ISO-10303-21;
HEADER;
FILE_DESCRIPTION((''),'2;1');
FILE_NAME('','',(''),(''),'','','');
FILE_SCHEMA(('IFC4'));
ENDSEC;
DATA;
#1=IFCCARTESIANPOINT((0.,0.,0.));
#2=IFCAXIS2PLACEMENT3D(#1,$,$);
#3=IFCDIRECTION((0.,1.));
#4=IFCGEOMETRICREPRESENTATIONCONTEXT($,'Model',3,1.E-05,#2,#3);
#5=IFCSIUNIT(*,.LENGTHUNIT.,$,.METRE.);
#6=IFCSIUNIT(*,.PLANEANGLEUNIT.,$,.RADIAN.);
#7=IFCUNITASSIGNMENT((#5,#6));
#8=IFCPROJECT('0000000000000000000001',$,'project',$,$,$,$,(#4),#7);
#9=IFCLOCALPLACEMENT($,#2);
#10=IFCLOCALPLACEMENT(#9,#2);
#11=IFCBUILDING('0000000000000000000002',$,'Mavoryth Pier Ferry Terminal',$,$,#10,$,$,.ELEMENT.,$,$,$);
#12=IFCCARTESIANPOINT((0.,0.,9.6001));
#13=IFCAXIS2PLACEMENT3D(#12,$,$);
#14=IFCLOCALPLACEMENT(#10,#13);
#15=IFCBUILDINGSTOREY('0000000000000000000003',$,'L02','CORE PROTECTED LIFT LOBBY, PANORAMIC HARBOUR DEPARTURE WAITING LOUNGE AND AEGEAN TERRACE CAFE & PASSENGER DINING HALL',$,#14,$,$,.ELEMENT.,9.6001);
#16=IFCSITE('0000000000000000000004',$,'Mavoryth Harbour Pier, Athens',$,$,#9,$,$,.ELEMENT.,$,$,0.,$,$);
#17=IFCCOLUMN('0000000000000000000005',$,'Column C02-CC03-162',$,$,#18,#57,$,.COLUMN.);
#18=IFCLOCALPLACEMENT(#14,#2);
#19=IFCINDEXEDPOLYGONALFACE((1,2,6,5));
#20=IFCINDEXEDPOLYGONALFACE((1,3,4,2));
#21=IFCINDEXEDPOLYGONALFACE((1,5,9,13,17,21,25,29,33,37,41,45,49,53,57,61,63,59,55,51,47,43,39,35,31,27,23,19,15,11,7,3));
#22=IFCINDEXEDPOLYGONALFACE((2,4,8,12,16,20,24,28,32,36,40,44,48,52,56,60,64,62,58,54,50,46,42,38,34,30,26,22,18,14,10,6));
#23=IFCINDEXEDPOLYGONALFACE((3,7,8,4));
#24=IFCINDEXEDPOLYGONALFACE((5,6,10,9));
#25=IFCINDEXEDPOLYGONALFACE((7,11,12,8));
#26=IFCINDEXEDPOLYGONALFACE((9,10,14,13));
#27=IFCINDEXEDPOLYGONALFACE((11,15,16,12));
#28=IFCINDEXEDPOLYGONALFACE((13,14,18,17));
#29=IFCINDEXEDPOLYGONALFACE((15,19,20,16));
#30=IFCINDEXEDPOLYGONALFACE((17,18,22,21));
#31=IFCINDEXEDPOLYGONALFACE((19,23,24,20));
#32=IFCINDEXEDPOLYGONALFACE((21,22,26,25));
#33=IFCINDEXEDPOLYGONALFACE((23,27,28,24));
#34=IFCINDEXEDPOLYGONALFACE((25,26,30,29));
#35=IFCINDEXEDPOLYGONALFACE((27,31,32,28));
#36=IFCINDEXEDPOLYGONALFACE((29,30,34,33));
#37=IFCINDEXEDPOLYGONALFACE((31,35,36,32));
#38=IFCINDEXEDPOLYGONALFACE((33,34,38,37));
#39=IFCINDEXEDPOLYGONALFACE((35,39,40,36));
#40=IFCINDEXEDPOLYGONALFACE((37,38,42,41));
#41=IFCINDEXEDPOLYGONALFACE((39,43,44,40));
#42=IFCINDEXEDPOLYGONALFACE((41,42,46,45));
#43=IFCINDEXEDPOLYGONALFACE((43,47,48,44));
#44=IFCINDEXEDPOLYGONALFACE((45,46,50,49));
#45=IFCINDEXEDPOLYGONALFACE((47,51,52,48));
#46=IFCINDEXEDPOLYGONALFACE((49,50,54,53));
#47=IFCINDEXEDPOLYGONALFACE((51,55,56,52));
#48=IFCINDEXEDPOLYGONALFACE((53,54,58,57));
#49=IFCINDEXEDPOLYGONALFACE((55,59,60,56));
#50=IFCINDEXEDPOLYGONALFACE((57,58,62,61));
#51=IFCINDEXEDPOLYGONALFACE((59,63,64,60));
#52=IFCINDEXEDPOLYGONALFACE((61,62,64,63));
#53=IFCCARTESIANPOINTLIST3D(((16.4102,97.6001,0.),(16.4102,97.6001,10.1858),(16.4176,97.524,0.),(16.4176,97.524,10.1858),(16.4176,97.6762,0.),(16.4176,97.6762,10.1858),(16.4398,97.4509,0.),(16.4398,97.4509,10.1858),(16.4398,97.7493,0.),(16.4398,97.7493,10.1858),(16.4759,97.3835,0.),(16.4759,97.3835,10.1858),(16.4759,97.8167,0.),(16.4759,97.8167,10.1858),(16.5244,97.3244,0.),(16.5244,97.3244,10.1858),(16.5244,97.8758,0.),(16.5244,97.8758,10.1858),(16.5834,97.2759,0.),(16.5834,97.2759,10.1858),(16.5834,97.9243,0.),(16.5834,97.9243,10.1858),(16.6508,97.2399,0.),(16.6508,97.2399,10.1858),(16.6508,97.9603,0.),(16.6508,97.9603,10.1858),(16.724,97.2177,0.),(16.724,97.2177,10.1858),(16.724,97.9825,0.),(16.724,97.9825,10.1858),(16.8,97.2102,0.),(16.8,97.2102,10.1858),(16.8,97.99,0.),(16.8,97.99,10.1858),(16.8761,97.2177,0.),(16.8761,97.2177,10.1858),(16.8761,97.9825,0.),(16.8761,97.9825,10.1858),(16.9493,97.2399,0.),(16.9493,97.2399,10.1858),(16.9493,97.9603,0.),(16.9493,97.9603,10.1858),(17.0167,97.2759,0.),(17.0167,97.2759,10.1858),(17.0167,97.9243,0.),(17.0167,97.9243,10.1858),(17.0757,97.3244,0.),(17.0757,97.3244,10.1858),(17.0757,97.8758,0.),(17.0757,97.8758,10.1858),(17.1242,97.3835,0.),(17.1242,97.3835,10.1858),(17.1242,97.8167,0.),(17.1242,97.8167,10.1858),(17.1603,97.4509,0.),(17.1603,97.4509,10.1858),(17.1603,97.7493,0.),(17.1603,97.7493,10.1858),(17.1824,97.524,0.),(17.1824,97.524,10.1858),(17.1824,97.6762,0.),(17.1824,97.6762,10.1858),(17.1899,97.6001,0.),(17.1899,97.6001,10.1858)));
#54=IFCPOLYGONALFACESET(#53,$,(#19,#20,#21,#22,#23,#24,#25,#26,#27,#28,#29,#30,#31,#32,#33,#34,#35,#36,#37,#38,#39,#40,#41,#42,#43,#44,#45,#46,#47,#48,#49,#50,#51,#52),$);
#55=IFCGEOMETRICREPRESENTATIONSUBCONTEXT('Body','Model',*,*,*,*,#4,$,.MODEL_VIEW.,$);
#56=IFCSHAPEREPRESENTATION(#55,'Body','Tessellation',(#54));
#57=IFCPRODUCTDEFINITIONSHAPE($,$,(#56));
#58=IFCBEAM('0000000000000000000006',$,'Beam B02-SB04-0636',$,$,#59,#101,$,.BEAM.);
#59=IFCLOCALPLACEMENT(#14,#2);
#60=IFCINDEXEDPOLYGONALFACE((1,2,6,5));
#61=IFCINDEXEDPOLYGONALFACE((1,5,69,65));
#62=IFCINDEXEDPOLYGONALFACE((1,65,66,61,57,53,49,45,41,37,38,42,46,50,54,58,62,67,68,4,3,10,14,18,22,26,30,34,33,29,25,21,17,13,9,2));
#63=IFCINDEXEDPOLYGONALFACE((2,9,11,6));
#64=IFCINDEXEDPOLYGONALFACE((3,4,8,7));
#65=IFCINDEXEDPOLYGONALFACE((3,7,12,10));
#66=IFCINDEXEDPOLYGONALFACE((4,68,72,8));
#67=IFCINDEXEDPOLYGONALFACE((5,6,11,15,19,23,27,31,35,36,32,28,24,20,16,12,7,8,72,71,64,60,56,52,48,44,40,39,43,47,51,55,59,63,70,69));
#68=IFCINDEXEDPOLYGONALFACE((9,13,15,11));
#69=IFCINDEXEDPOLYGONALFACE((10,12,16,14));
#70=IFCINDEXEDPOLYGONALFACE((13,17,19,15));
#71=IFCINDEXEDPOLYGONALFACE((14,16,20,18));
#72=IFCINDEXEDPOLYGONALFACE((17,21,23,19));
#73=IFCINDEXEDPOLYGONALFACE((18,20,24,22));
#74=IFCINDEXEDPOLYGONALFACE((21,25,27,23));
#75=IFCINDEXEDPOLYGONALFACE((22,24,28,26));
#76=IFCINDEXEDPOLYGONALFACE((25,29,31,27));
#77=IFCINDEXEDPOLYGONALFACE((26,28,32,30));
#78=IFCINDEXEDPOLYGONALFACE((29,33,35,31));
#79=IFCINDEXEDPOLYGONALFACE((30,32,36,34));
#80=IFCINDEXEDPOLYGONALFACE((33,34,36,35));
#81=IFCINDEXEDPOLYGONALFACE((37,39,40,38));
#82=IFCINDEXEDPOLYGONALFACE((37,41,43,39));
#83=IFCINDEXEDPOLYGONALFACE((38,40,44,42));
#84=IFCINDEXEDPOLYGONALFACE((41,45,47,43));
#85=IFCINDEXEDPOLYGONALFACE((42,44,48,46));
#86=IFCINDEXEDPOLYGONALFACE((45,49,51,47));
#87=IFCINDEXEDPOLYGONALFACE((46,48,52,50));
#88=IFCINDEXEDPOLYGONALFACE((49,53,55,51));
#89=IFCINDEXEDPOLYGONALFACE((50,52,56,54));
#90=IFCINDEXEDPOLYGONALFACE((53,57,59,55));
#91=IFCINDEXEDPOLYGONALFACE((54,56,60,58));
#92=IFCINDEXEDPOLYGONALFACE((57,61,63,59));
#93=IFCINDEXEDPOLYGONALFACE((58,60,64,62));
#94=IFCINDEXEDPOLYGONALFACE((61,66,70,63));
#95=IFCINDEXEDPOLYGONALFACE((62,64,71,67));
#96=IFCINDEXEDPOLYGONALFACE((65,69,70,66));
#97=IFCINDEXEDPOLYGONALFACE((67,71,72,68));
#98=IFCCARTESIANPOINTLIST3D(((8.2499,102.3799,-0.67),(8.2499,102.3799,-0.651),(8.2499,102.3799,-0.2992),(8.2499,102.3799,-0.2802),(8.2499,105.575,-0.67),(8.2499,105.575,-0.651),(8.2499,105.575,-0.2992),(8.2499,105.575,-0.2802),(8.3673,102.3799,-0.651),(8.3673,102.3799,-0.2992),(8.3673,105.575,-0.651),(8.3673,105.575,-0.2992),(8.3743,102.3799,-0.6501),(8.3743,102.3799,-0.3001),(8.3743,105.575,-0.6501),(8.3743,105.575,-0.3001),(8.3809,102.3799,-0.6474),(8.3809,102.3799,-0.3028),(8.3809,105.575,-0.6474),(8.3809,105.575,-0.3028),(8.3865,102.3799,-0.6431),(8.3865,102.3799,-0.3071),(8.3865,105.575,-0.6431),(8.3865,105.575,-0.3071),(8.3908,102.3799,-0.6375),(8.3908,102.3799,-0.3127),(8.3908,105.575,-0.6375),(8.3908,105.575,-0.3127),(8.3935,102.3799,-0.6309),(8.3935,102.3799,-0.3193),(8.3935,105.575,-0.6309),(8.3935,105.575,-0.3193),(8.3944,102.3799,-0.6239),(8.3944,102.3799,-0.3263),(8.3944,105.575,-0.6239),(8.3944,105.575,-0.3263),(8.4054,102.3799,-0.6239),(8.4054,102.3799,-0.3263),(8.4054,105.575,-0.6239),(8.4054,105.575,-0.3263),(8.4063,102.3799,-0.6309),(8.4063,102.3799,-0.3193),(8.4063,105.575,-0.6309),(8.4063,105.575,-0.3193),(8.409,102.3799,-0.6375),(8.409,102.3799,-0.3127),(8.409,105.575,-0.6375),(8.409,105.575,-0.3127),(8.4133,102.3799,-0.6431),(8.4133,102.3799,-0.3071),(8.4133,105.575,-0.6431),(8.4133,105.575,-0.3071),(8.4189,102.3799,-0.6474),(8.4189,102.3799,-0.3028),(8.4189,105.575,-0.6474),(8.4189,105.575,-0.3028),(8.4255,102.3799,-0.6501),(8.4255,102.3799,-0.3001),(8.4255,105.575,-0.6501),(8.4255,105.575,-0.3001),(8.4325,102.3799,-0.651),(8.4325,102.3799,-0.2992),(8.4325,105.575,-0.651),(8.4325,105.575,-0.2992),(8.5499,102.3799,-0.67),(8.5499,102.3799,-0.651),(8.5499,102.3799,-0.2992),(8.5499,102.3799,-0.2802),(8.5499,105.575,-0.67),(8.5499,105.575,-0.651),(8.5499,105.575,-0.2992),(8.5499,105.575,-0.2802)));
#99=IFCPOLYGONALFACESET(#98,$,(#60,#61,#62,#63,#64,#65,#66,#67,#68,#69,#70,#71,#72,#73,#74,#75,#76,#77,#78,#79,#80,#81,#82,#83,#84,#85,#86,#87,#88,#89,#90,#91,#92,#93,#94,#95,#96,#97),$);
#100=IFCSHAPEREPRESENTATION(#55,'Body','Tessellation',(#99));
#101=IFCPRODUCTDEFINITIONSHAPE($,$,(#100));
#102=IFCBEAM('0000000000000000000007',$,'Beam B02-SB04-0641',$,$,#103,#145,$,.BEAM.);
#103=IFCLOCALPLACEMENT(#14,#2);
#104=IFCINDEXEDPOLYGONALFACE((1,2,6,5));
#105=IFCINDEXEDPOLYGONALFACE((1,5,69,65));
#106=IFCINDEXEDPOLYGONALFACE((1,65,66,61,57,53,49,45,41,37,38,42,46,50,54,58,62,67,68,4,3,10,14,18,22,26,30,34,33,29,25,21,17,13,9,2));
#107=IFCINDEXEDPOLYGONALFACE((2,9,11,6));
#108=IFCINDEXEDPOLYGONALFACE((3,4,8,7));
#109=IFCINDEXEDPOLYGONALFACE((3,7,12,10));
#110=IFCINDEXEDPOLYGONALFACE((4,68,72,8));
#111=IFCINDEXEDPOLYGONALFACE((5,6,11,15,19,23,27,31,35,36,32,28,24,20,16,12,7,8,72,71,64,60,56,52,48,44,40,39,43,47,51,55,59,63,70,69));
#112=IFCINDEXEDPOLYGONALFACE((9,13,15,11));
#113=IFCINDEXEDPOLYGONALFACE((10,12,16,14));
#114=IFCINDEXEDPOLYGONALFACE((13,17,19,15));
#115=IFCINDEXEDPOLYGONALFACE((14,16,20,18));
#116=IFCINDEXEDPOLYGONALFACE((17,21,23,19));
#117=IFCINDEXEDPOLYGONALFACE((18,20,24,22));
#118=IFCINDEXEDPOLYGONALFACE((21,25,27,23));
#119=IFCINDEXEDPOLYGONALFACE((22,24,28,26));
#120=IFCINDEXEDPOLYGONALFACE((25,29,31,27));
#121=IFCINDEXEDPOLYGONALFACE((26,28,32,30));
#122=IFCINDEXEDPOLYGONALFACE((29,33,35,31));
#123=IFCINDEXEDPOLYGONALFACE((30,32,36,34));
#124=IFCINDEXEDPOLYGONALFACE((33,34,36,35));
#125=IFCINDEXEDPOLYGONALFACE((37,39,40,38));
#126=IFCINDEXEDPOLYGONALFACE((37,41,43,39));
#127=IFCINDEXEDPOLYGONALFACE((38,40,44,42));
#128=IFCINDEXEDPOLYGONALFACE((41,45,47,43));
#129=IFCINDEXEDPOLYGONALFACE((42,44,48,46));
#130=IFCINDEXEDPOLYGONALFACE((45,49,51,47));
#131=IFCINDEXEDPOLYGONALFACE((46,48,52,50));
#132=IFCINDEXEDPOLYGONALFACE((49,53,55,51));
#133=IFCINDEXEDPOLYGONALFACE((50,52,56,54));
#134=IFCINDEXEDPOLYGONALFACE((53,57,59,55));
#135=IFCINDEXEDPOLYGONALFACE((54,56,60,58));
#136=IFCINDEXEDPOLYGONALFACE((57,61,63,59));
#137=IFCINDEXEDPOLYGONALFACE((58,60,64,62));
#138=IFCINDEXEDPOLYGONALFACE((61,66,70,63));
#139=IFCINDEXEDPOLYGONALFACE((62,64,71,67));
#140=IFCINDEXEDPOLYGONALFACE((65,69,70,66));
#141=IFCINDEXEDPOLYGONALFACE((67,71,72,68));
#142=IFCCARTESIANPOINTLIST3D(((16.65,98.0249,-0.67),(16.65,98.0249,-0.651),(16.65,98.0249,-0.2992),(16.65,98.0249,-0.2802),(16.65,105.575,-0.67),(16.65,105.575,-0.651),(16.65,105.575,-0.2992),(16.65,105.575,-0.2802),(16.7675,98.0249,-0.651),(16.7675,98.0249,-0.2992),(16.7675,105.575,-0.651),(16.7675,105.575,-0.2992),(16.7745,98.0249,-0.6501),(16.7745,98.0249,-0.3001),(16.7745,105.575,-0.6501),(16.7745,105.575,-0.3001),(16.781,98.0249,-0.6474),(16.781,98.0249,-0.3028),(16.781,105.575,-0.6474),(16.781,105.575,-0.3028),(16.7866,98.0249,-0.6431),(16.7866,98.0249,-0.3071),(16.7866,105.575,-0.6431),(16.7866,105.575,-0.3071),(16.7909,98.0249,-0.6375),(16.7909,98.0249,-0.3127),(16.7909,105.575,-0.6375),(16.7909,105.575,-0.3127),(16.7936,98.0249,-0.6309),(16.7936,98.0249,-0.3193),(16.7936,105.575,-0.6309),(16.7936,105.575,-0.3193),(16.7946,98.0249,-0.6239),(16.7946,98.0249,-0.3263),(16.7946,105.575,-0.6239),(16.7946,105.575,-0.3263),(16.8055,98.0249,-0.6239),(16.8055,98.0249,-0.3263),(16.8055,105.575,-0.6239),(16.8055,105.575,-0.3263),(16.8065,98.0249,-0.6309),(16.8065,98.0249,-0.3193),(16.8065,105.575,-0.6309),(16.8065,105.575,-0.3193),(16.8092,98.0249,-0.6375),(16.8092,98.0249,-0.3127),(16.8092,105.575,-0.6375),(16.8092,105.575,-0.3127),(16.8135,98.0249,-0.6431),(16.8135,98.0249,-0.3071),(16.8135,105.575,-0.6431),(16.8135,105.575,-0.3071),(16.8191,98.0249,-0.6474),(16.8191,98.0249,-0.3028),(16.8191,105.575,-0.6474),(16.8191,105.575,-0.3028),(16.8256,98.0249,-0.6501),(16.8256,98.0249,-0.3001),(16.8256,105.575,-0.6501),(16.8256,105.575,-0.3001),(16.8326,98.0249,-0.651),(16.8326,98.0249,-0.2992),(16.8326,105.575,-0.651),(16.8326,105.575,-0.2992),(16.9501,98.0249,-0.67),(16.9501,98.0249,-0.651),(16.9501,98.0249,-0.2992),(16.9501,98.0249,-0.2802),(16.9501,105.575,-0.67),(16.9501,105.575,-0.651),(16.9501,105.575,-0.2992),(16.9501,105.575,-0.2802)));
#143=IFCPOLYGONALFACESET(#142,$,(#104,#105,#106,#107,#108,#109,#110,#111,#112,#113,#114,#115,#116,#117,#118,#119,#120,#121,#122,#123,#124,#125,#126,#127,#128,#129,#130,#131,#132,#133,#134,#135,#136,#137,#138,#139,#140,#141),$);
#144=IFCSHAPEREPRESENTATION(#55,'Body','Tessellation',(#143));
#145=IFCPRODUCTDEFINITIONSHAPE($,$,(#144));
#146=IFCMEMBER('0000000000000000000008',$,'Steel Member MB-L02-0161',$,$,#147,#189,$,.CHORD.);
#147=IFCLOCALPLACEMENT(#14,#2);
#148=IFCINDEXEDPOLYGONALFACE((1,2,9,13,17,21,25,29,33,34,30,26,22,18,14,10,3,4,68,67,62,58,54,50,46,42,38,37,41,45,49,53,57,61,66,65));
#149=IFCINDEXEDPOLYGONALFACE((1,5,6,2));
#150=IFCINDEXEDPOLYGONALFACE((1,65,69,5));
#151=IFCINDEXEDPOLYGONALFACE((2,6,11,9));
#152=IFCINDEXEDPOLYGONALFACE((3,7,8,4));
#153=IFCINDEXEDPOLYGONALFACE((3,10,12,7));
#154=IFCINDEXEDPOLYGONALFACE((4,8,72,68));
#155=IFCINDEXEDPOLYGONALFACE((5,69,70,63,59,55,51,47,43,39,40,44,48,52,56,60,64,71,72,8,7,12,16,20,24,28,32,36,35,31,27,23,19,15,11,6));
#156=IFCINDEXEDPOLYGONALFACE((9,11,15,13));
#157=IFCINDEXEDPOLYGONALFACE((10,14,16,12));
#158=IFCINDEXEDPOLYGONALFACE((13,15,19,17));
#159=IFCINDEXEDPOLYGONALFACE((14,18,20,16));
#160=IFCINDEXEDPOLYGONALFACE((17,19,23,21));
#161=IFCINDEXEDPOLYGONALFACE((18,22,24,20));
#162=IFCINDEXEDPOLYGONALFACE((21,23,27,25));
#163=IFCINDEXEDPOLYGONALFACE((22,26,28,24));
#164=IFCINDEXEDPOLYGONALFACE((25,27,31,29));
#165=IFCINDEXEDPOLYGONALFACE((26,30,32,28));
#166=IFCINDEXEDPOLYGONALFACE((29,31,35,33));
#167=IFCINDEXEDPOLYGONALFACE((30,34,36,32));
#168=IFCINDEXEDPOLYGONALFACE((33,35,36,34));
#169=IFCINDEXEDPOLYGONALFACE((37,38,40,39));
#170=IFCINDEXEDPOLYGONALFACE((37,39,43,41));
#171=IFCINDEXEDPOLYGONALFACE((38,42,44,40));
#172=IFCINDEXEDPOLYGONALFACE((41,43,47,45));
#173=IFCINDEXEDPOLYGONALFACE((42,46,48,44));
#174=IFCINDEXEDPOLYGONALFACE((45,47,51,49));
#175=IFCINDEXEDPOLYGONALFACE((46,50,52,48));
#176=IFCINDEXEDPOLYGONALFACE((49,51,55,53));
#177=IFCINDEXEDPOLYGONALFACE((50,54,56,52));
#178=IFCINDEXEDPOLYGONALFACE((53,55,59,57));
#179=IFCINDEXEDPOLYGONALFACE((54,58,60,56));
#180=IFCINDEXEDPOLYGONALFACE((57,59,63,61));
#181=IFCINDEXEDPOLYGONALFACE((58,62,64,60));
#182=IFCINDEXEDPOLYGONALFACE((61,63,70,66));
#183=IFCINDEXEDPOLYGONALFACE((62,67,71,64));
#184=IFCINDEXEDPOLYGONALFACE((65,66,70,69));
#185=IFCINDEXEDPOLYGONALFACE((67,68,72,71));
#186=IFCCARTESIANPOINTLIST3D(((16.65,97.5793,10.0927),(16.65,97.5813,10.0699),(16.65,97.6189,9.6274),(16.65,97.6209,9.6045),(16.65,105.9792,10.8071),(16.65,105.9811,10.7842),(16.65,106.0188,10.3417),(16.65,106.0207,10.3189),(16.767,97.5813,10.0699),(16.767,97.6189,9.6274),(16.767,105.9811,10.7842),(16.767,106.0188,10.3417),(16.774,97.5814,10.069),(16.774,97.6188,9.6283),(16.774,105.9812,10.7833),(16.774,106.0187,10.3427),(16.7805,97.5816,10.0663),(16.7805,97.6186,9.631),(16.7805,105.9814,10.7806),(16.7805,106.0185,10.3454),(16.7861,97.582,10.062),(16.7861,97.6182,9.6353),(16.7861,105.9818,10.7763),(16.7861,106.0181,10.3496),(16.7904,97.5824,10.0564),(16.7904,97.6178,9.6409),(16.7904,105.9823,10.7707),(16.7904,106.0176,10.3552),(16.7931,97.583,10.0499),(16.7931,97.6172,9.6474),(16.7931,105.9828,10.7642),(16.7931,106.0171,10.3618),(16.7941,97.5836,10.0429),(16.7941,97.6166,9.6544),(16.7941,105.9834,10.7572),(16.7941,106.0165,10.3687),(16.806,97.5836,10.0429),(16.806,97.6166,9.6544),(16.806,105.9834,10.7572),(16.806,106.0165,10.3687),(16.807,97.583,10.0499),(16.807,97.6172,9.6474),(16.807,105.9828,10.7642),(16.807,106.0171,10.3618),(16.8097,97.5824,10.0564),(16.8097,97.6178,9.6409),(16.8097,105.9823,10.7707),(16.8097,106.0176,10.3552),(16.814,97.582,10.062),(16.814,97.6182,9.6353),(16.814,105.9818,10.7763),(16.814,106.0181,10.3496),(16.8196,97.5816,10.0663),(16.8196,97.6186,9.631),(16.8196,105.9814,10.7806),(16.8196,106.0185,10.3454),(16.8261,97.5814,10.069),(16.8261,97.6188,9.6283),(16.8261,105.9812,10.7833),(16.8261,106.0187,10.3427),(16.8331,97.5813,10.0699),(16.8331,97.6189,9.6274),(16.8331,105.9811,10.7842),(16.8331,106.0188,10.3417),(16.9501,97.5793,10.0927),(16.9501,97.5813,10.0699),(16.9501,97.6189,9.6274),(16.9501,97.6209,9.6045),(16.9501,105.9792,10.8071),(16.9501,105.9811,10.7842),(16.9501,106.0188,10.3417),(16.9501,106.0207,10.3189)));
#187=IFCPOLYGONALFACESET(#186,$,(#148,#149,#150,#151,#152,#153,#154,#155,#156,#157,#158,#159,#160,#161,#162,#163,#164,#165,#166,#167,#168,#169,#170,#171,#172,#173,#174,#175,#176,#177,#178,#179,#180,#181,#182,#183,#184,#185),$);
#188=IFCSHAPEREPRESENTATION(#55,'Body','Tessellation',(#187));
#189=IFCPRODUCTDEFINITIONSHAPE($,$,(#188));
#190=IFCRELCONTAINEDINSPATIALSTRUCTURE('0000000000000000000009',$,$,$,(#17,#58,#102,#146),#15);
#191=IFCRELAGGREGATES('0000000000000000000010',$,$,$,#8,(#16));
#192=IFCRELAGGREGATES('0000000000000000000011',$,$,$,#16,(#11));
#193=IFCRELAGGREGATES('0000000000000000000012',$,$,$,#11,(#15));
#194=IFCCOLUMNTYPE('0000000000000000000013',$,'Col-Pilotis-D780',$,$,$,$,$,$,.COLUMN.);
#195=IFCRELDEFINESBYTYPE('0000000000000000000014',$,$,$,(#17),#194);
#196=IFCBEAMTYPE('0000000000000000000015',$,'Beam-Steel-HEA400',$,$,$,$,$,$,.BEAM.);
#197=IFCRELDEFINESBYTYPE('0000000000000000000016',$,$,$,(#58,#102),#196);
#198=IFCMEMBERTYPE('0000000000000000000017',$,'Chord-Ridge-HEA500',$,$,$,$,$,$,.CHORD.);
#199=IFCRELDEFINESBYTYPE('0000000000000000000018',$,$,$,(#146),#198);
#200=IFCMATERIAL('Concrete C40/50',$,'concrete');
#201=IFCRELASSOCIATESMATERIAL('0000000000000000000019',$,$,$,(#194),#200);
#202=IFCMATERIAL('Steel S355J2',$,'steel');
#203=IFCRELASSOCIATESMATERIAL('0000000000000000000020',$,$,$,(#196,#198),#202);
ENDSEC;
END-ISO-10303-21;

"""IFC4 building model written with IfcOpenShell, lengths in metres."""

from ifc_helpers import new_model, si_unit, direction, frame, origin, origin_2d, place, context, subcontext, project, spatial, circle, i_section, extrude, material, material_profile, profile_set, type_object, element, save


model = new_model("IFC4")

# Units and contexts
model_context = context("Model", 3, precision=1e-05, world=origin(), true_north=direction((0.0, 1.0)))
body_context = subcontext(model_context, "Body", "Model", "MODEL_VIEW")
ifc_project = project(units=[si_unit("LENGTHUNIT", "METRE"), si_unit("PLANEANGLEUNIT", "RADIAN")], contexts=[model_context])

# Site, building, storey
site_placement = place(None, origin())
site = spatial("IfcSite", under=ifc_project, at=site_placement, Name="Mavoryth Harbour Pier, Athens", CompositionType="ELEMENT", RefElevation=0.0)
building_placement = place(site_placement, origin())
building = spatial("IfcBuilding", under=site, at=building_placement, Name="Mavoryth Pier Ferry Terminal", CompositionType="ELEMENT")
storey_placement = place(building_placement, frame((0.0, 0.0, 9.6001)))
storey = spatial("IfcBuildingStorey", under=building, at=storey_placement, Name="L02", Description="CORE PROTECTED LIFT LOBBY, PANORAMIC HARBOUR DEPARTURE WAITING LOUNGE AND AEGEAN TERRACE CAFE & PASSENGER DINING HALL", CompositionType="ELEMENT", Elevation=9.6001)

# Column
ifc_material_1 = material(Name="Concrete C40/50", Category="concrete")
ifc_material_profile_1 = material_profile(ifc_material_1, circle(Radius=0.3899, at=origin_2d()), Name="RC D780", Category="concrete")
ifc_profile_set_1 = profile_set([ifc_material_profile_1], Name="Concrete C40/50 - RC D780")
column_type = type_object("IfcColumnType", Name="Col-Pilotis-D780", PredefinedType="COLUMN", material=ifc_profile_set_1)
column_placement = place(storey_placement, frame((16.8, 97.6001, 0.0), z_axis=(0.0, 0.0, 1.0), x_axis=(1.0, 0.0, 0.0)))
element("IfcColumn", 1, at=column_placement, inside=storey, type_object=column_type, Name="Column C02-CC03-162", PredefinedType="COLUMN", context=body_context, shape_type="SweptSolid", body=[
    extrude(circle(Radius=0.3899, at=origin_2d()), origin(), (0.0, 0.0, 1.0), 10.1858),
])

# Beams
ifc_material_2 = material(Name="Steel S355J2", Category="steel")
ifc_material_profile_2 = material_profile(ifc_material_2, i_section(OverallWidth=0.3, OverallDepth=0.3899, WebThickness=0.011, FlangeThickness=0.019, FilletRadius=0.0271, at=origin_2d()), Name="HEA 400", Category="steel")
ifc_profile_set_2 = profile_set([ifc_material_profile_2], Name="Steel S355J2 - HEA 400")
beam_type_1 = type_object("IfcBeamType", Name="Beam-Steel-HEA400", PredefinedType="BEAM", material=ifc_profile_set_2)
beam_1_placement = place(storey_placement, frame((8.3999, 102.3799, -0.4751), z_axis=(0.0, 1.0, 0.0), x_axis=(-1.0, 0.0, 0.0)))
element("IfcBeam", 2, at=beam_1_placement, inside=storey, type_object=beam_type_1, Name="Beam B02-SB04-0636", PredefinedType="BEAM", context=body_context, shape_type="SweptSolid", body=[
    extrude(i_section(OverallWidth=0.3, OverallDepth=0.3899, WebThickness=0.011, FlangeThickness=0.019, FilletRadius=0.0271, at=origin_2d()), origin(), (0.0, 0.0, 1.0), 3.1951),
])
beam_2_placement = place(storey_placement, frame((16.8, 98.0249, -0.4751), z_axis=(0.0, 1.0, 0.0), x_axis=(-1.0, 0.0, 0.0)))
element("IfcBeam", 3, at=beam_2_placement, inside=storey, type_object=beam_type_1, Name="Beam B02-SB04-0641", PredefinedType="BEAM", context=body_context, shape_type="SweptSolid", body=[
    extrude(i_section(OverallWidth=0.3, OverallDepth=0.3899, WebThickness=0.011, FlangeThickness=0.019, FilletRadius=0.0271, at=origin_2d()), origin(), (0.0, 0.0, 1.0), 7.55),
])

# Member
ifc_material_profile_3 = material_profile(ifc_material_2, i_section(OverallWidth=0.3, OverallDepth=0.49, WebThickness=0.012, FlangeThickness=0.0229, FilletRadius=0.0271, at=origin_2d()), Name="HEA 500", Category="steel")
ifc_profile_set_3 = profile_set([ifc_material_profile_3], Name="Steel S355J2 - HEA 500")
member_type_1 = type_object("IfcMemberType", Name="Chord-Ridge-HEA500", PredefinedType="CHORD", material=ifc_profile_set_3)
member_1_placement = place(storey_placement, frame((16.8, 97.6001, 9.8486), z_axis=(0.0, 0.996403, 0.084737), x_axis=(-1.0, 0.0, 0.0)))
element("IfcMember", 4, at=member_1_placement, inside=storey, type_object=member_type_1, Name="Steel Member MB-L02-0161", PredefinedType="CHORD", context=body_context, shape_type="SweptSolid", body=[
    extrude(i_section(OverallWidth=0.3, OverallDepth=0.49, WebThickness=0.012, FlangeThickness=0.0229, FilletRadius=0.0271, at=origin_2d()), origin(), (0.0, 0.0, 1.0), 8.4302),
])

save(model, "model.ifc")
